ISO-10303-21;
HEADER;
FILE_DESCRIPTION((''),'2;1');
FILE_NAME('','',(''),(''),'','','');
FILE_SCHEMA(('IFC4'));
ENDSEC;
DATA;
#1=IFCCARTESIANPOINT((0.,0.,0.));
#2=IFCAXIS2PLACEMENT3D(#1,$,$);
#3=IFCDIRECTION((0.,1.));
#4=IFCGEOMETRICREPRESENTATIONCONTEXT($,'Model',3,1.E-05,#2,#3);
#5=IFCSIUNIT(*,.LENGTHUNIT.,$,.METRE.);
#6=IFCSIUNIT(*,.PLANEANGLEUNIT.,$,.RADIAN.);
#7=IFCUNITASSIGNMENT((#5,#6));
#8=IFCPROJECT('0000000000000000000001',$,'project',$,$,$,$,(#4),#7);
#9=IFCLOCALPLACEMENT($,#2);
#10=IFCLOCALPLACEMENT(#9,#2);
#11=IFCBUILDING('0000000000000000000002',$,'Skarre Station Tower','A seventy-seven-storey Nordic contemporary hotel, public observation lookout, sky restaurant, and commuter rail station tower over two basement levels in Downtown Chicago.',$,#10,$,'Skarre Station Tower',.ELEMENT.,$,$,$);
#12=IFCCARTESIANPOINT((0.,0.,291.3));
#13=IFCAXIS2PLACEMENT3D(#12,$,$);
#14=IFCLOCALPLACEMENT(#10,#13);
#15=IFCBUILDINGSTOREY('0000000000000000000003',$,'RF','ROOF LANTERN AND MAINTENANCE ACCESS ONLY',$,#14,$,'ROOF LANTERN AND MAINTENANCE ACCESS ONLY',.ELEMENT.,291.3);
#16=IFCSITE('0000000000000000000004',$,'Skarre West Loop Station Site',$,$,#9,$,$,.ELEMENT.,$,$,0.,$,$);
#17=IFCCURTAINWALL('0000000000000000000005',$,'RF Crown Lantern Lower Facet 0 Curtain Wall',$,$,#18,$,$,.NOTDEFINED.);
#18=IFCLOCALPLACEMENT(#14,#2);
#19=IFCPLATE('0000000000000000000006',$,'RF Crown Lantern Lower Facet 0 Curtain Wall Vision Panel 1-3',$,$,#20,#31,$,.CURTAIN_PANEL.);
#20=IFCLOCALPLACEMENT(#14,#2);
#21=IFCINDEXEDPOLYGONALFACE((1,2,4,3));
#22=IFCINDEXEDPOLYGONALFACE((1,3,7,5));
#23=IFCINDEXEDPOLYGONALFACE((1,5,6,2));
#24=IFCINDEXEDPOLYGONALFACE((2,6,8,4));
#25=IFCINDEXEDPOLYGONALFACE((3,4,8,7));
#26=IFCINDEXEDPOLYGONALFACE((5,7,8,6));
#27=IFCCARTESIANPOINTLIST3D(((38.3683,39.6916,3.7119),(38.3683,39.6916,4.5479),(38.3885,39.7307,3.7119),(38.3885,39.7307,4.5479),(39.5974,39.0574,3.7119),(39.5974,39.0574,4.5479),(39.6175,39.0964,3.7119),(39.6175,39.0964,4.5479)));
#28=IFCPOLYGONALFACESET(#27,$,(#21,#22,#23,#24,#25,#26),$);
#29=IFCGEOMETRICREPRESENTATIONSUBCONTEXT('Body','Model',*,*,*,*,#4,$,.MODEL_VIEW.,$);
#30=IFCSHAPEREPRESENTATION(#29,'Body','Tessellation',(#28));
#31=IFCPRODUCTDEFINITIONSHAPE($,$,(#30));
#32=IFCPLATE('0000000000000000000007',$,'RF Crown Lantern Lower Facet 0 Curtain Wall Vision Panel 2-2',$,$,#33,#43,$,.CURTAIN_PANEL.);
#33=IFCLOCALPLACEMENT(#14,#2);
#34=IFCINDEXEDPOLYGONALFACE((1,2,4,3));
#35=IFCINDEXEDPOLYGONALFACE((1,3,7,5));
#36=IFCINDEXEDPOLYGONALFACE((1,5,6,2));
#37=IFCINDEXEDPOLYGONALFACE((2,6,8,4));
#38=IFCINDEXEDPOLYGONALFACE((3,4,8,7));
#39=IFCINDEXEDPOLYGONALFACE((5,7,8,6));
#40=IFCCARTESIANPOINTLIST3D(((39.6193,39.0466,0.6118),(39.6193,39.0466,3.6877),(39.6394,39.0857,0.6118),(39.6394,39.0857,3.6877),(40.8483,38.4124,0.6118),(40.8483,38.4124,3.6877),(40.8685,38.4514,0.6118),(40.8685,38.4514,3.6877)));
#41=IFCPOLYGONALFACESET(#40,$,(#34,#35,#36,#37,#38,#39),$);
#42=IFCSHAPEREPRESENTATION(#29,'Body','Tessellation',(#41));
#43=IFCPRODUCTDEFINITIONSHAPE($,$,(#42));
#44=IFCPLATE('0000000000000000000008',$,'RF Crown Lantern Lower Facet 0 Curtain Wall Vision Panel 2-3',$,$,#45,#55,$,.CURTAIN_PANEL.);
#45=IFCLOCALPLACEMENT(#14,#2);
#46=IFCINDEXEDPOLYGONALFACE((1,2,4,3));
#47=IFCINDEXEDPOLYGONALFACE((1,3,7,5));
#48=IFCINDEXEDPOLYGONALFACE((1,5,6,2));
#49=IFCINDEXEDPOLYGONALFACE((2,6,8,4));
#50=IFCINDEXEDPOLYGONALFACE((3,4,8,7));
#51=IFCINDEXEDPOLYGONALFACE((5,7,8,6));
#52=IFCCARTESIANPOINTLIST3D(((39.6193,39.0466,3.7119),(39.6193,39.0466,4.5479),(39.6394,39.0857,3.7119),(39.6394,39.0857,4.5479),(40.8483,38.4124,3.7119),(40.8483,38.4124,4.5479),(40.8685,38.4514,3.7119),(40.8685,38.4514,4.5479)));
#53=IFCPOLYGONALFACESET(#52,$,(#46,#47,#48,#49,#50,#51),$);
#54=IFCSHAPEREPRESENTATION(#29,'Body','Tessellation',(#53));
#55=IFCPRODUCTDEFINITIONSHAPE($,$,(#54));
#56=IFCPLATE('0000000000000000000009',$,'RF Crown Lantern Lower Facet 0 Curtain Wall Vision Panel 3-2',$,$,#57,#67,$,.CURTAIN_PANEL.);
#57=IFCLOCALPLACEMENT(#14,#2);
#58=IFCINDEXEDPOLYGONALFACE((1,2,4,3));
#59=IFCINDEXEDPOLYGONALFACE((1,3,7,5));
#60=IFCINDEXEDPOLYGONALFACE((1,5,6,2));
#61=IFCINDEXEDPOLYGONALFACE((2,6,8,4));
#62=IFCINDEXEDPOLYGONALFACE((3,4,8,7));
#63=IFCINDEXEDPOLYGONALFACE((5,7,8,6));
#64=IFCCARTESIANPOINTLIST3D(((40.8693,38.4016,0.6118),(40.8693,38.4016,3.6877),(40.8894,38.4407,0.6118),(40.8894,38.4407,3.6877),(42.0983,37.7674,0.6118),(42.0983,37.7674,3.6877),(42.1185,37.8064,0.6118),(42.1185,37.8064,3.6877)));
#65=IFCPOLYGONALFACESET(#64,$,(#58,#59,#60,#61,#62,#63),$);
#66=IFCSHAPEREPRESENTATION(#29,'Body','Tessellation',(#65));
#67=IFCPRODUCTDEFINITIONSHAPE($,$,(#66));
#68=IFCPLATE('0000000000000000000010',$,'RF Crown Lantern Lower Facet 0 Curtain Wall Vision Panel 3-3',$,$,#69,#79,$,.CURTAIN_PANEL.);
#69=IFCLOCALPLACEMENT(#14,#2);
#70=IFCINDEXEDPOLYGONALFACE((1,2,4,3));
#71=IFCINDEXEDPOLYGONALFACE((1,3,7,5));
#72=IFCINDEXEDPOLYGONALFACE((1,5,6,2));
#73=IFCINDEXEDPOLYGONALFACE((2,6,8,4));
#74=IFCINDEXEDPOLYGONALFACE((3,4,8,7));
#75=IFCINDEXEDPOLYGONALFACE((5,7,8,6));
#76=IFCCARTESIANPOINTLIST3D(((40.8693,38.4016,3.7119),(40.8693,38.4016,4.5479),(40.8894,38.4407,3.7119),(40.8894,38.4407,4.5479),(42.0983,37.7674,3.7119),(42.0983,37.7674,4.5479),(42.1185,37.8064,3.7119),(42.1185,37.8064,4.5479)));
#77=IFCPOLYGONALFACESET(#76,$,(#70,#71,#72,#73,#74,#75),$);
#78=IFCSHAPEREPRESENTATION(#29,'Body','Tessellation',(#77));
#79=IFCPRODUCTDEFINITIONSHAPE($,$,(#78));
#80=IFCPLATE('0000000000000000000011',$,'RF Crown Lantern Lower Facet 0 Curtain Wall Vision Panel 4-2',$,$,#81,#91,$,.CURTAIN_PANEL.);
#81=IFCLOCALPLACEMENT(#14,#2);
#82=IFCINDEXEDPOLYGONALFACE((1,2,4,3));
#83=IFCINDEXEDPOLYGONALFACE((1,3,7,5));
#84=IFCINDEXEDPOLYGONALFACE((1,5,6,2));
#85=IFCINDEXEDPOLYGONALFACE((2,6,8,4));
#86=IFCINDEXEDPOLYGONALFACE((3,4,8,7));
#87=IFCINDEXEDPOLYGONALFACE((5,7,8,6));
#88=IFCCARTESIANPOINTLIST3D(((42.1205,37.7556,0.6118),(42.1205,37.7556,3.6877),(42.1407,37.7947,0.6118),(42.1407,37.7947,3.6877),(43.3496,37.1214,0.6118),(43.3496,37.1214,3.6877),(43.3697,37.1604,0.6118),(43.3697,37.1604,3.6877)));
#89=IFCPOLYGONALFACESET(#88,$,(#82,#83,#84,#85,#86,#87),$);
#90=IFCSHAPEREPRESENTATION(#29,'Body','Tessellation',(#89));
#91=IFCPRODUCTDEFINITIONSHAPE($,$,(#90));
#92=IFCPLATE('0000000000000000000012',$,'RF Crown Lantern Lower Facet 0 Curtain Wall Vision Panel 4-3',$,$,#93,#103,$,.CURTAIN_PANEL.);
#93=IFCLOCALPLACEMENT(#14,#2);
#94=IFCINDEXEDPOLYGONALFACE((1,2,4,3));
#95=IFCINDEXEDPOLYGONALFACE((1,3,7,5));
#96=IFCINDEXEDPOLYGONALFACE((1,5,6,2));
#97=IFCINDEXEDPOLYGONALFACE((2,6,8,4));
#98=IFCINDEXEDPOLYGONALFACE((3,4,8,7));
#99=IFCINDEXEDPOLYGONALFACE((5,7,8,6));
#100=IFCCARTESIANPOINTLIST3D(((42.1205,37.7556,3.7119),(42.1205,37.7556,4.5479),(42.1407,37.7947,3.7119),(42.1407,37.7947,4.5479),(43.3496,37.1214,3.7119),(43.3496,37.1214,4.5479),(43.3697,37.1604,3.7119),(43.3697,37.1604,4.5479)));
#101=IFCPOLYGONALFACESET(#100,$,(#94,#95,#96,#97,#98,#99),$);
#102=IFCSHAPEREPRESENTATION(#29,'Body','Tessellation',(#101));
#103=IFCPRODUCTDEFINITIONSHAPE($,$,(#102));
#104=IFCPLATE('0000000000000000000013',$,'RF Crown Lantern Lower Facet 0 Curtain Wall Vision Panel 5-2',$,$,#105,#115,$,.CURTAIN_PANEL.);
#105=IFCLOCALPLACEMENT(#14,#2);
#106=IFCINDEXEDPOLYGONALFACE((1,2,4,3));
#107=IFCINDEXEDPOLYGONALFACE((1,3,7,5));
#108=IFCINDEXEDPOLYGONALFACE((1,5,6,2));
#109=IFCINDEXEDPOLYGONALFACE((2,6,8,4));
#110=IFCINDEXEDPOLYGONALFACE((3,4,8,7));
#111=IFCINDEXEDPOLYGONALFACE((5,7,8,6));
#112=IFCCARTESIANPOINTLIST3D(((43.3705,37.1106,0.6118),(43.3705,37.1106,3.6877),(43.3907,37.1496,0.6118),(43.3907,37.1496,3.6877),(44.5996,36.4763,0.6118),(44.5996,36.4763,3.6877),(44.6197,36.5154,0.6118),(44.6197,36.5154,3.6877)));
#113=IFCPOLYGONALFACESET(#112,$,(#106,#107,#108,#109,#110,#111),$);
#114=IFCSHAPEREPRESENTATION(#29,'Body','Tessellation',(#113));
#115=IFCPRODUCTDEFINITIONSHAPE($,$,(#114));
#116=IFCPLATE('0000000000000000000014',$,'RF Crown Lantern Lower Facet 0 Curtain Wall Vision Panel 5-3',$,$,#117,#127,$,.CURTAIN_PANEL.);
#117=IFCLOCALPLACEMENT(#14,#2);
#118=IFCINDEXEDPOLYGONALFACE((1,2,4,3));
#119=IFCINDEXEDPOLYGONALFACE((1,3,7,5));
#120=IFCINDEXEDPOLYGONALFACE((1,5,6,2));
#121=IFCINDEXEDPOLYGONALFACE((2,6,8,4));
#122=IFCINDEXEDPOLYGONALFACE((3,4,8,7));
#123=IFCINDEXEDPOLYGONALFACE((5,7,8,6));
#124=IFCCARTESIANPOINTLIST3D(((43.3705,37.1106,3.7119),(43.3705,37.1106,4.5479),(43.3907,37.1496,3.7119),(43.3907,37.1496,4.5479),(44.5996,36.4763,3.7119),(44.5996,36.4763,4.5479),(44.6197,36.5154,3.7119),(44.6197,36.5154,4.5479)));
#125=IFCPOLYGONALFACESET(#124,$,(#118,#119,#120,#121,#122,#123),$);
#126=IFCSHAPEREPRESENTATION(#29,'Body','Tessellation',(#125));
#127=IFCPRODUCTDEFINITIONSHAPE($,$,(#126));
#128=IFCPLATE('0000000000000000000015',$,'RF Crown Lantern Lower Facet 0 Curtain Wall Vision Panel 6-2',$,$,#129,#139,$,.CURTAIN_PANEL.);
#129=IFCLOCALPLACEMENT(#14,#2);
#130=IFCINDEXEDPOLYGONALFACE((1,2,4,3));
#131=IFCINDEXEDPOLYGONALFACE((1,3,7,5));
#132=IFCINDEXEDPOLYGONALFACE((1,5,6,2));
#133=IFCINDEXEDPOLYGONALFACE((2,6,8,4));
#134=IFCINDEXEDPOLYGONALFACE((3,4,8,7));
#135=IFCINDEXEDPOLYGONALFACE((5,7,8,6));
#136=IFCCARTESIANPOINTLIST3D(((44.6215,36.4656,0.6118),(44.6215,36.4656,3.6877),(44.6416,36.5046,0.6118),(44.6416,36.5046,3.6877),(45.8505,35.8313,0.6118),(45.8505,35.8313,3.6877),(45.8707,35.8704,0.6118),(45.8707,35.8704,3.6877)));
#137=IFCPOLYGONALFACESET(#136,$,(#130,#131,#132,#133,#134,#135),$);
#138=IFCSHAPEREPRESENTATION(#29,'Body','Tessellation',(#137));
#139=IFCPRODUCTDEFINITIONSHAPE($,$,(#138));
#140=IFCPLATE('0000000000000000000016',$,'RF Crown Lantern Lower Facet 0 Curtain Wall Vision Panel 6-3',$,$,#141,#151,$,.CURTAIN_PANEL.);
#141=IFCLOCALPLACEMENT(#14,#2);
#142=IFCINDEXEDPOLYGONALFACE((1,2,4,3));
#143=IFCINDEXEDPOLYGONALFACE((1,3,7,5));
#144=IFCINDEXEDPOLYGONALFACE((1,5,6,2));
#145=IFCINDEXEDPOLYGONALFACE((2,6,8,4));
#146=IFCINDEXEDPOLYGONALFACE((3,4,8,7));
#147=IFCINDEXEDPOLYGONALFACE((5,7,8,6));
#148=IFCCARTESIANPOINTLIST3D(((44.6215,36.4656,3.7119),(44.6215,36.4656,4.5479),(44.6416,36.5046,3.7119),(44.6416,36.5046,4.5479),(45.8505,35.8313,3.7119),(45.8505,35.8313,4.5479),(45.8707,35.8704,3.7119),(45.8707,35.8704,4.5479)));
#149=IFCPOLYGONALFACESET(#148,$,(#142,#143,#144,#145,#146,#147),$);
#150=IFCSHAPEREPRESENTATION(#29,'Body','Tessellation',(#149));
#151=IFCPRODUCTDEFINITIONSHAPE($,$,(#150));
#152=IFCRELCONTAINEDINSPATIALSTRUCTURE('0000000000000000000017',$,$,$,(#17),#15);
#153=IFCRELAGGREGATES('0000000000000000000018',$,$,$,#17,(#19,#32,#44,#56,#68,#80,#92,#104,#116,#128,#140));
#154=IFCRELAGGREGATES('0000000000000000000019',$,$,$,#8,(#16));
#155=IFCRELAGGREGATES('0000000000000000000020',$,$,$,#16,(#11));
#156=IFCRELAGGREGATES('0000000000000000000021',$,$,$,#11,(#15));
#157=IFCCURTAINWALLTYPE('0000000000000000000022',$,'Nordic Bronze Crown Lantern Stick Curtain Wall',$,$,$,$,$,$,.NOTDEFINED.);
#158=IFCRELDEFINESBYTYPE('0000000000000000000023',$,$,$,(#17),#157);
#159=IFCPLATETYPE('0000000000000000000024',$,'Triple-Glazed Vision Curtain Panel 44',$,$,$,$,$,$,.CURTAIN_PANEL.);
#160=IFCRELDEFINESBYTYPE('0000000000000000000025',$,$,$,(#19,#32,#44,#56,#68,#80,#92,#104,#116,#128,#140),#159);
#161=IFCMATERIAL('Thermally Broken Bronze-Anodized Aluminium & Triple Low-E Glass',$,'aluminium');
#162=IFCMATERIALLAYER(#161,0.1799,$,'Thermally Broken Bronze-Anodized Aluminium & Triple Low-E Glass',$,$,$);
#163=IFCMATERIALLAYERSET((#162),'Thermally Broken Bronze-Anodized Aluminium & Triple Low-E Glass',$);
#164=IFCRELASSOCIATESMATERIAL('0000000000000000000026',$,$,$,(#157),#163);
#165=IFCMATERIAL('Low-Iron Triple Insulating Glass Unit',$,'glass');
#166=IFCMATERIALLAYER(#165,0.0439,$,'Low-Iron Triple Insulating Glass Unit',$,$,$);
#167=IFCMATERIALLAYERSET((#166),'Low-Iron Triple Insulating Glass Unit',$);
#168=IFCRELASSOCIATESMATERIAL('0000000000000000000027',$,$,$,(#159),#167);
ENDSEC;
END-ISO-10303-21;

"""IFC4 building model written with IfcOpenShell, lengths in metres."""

from ifc_helpers import new_model, si_unit, direction, frame, origin, origin_2d, place, context, subcontext, project, spatial, rectangle, extrude, material, layer, layer_set, type_object, element, aggregate, save


model = new_model("IFC4")

# Units and contexts
model_context = context("Model", 3, precision=1e-05, world=origin(), true_north=direction((0.0, 1.0)))
body_context = subcontext(model_context, "Body", "Model", "MODEL_VIEW")
ifc_project = project(units=[si_unit("LENGTHUNIT", "METRE"), si_unit("PLANEANGLEUNIT", "RADIAN")], contexts=[model_context])

# Site, building, storey
site_placement = place(None, origin())
site = spatial("IfcSite", under=ifc_project, at=site_placement, Name="Skarre West Loop Station Site", CompositionType="ELEMENT", RefElevation=0.0)
building_placement = place(site_placement, origin())
building = spatial("IfcBuilding", under=site, at=building_placement, Name="Skarre Station Tower", Description="A seventy-seven-storey Nordic contemporary hotel, public observation lookout, sky restaurant, and commuter rail station tower over two basement levels in Downtown Chicago.", LongName="Skarre Station Tower", CompositionType="ELEMENT")
storey_placement = place(building_placement, frame((0.0, 0.0, 291.3)))
storey = spatial("IfcBuildingStorey", under=building, at=storey_placement, Name="RF", Description="ROOF LANTERN AND MAINTENANCE ACCESS ONLY", LongName="ROOF LANTERN AND MAINTENANCE ACCESS ONLY", CompositionType="ELEMENT", Elevation=291.3)

# Curtain wall
ifc_material_1 = material(Name="Thermally Broken Bronze-Anodized Aluminium & Triple Low-E Glass", Category="aluminium")
ifc_layer_1 = layer(ifc_material_1, 0.1799, Name="Thermally Broken Bronze-Anodized Aluminium & Triple Low-E Glass")
ifc_layer_set_1 = layer_set([ifc_layer_1], Name="Thermally Broken Bronze-Anodized Aluminium & Triple Low-E Glass")
curtain_wall_type = type_object("IfcCurtainWallType", Name="Nordic Bronze Crown Lantern Stick Curtain Wall", PredefinedType="NOTDEFINED", material=ifc_layer_set_1)
curtain_wall_placement = place(storey_placement, origin())
curtain_wall = element("IfcCurtainWall", 1, at=curtain_wall_placement, inside=storey, type_object=curtain_wall_type, Name="RF Crown Lantern Lower Facet 0 Curtain Wall", PredefinedType="NOTDEFINED")

# Plates
ifc_material_2 = material(Name="Low-Iron Triple Insulating Glass Unit", Category="glass")
ifc_layer_2 = layer(ifc_material_2, 0.0439, Name="Low-Iron Triple Insulating Glass Unit")
ifc_layer_set_2 = layer_set([ifc_layer_2], Name="Low-Iron Triple Insulating Glass Unit")
plate_type_1 = type_object("IfcPlateType", Name="Triple-Glazed Vision Curtain Panel 44", PredefinedType="CURTAIN_PANEL", material=ifc_layer_set_2)
plate_1_placement = place(storey_placement, frame((38.9929, 39.394, 3.7119), z_axis=(0.0, 0.0, 1.0), x_axis=(0.888649, -0.458588, 0.0)))
plate_1 = element("IfcPlate", 2, at=plate_1_placement, type_object=plate_type_1, Name="RF Crown Lantern Lower Facet 0 Curtain Wall Vision Panel 1-3", PredefinedType="CURTAIN_PANEL", context=body_context, shape_type="SweptSolid", body=[
    extrude(rectangle(XDim=1.3831, YDim=0.0439, at=origin_2d()), origin(), (0.0, 0.0, 1.0), 0.8359),
])
plate_2_placement = place(storey_placement, frame((40.2439, 38.749, 0.6118), z_axis=(0.0, 0.0, 1.0), x_axis=(0.888649, -0.458588, 0.0)))
plate_2 = element("IfcPlate", 3, at=plate_2_placement, type_object=plate_type_1, Name="RF Crown Lantern Lower Facet 0 Curtain Wall Vision Panel 2-2", PredefinedType="CURTAIN_PANEL", context=body_context, shape_type="SweptSolid", body=[
    extrude(rectangle(XDim=1.3831, YDim=0.0439, at=origin_2d()), origin(), (0.0, 0.0, 1.0), 3.0759),
])
plate_3_placement = place(storey_placement, frame((40.2439, 38.749, 3.7119), z_axis=(0.0, 0.0, 1.0), x_axis=(0.888649, -0.458588, 0.0)))
plate_3 = element("IfcPlate", 4, at=plate_3_placement, type_object=plate_type_1, Name="RF Crown Lantern Lower Facet 0 Curtain Wall Vision Panel 2-3", PredefinedType="CURTAIN_PANEL", context=body_context, shape_type="SweptSolid", body=[
    extrude(rectangle(XDim=1.3831, YDim=0.0439, at=origin_2d()), origin(), (0.0, 0.0, 1.0), 0.8359),
])
plate_4_placement = place(storey_placement, frame((41.4939, 38.104, 0.6118), z_axis=(0.0, 0.0, 1.0), x_axis=(0.888649, -0.458588, 0.0)))
plate_4 = element("IfcPlate", 5, at=plate_4_placement, type_object=plate_type_1, Name="RF Crown Lantern Lower Facet 0 Curtain Wall Vision Panel 3-2", PredefinedType="CURTAIN_PANEL", context=body_context, shape_type="SweptSolid", body=[
    extrude(rectangle(XDim=1.3831, YDim=0.0439, at=origin_2d()), origin(), (0.0, 0.0, 1.0), 3.0759),
])
plate_5_placement = place(storey_placement, frame((41.4939, 38.104, 3.7119), z_axis=(0.0, 0.0, 1.0), x_axis=(0.888649, -0.458588, 0.0)))
plate_5 = element("IfcPlate", 6, at=plate_5_placement, type_object=plate_type_1, Name="RF Crown Lantern Lower Facet 0 Curtain Wall Vision Panel 3-3", PredefinedType="CURTAIN_PANEL", context=body_context, shape_type="SweptSolid", body=[
    extrude(rectangle(XDim=1.3831, YDim=0.0439, at=origin_2d()), origin(), (0.0, 0.0, 1.0), 0.8359),
])
plate_6_placement = place(storey_placement, frame((42.7451, 37.458, 0.6118), z_axis=(0.0, 0.0, 1.0), x_axis=(0.888649, -0.458588, 0.0)))
plate_6 = element("IfcPlate", 7, at=plate_6_placement, type_object=plate_type_1, Name="RF Crown Lantern Lower Facet 0 Curtain Wall Vision Panel 4-2", PredefinedType="CURTAIN_PANEL", context=body_context, shape_type="SweptSolid", body=[
    extrude(rectangle(XDim=1.3831, YDim=0.0439, at=origin_2d()), origin(), (0.0, 0.0, 1.0), 3.0759),
])
plate_7_placement = place(storey_placement, frame((42.7451, 37.458, 3.7119), z_axis=(0.0, 0.0, 1.0), x_axis=(0.888649, -0.458588, 0.0)))
plate_7 = element("IfcPlate", 8, at=plate_7_placement, type_object=plate_type_1, Name="RF Crown Lantern Lower Facet 0 Curtain Wall Vision Panel 4-3", PredefinedType="CURTAIN_PANEL", context=body_context, shape_type="SweptSolid", body=[
    extrude(rectangle(XDim=1.3831, YDim=0.0439, at=origin_2d()), origin(), (0.0, 0.0, 1.0), 0.8359),
])
plate_8_placement = place(storey_placement, frame((43.9951, 36.813, 0.6118), z_axis=(0.0, 0.0, 1.0), x_axis=(0.888649, -0.458588, 0.0)))
plate_8 = element("IfcPlate", 9, at=plate_8_placement, type_object=plate_type_1, Name="RF Crown Lantern Lower Facet 0 Curtain Wall Vision Panel 5-2", PredefinedType="CURTAIN_PANEL", context=body_context, shape_type="SweptSolid", body=[
    extrude(rectangle(XDim=1.3831, YDim=0.0439, at=origin_2d()), origin(), (0.0, 0.0, 1.0), 3.0759),
])
plate_9_placement = place(storey_placement, frame((43.9951, 36.813, 3.7119), z_axis=(0.0, 0.0, 1.0), x_axis=(0.888649, -0.458588, 0.0)))
plate_9 = element("IfcPlate", 10, at=plate_9_placement, type_object=plate_type_1, Name="RF Crown Lantern Lower Facet 0 Curtain Wall Vision Panel 5-3", PredefinedType="CURTAIN_PANEL", context=body_context, shape_type="SweptSolid", body=[
    extrude(rectangle(XDim=1.3831, YDim=0.0439, at=origin_2d()), origin(), (0.0, 0.0, 1.0), 0.8359),
])
plate_10_placement = place(storey_placement, frame((45.2461, 36.168, 0.6118), z_axis=(0.0, 0.0, 1.0), x_axis=(0.888649, -0.458588, 0.0)))
plate_10 = element("IfcPlate", 11, at=plate_10_placement, type_object=plate_type_1, Name="RF Crown Lantern Lower Facet 0 Curtain Wall Vision Panel 6-2", PredefinedType="CURTAIN_PANEL", context=body_context, shape_type="SweptSolid", body=[
    extrude(rectangle(XDim=1.3831, YDim=0.0439, at=origin_2d()), origin(), (0.0, 0.0, 1.0), 3.0759),
])
plate_11_placement = place(storey_placement, frame((45.2461, 36.168, 3.7119), z_axis=(0.0, 0.0, 1.0), x_axis=(0.888649, -0.458588, 0.0)))
plate_11 = element("IfcPlate", 12, at=plate_11_placement, type_object=plate_type_1, Name="RF Crown Lantern Lower Facet 0 Curtain Wall Vision Panel 6-3", PredefinedType="CURTAIN_PANEL", context=body_context, shape_type="SweptSolid", body=[
    extrude(rectangle(XDim=1.3831, YDim=0.0439, at=origin_2d()), origin(), (0.0, 0.0, 1.0), 0.8359),
])
aggregate(curtain_wall, [plate_1, plate_2, plate_3, plate_4, plate_5, plate_6, plate_7, plate_8, plate_9, plate_10, plate_11])

save(model, "model.ifc")
